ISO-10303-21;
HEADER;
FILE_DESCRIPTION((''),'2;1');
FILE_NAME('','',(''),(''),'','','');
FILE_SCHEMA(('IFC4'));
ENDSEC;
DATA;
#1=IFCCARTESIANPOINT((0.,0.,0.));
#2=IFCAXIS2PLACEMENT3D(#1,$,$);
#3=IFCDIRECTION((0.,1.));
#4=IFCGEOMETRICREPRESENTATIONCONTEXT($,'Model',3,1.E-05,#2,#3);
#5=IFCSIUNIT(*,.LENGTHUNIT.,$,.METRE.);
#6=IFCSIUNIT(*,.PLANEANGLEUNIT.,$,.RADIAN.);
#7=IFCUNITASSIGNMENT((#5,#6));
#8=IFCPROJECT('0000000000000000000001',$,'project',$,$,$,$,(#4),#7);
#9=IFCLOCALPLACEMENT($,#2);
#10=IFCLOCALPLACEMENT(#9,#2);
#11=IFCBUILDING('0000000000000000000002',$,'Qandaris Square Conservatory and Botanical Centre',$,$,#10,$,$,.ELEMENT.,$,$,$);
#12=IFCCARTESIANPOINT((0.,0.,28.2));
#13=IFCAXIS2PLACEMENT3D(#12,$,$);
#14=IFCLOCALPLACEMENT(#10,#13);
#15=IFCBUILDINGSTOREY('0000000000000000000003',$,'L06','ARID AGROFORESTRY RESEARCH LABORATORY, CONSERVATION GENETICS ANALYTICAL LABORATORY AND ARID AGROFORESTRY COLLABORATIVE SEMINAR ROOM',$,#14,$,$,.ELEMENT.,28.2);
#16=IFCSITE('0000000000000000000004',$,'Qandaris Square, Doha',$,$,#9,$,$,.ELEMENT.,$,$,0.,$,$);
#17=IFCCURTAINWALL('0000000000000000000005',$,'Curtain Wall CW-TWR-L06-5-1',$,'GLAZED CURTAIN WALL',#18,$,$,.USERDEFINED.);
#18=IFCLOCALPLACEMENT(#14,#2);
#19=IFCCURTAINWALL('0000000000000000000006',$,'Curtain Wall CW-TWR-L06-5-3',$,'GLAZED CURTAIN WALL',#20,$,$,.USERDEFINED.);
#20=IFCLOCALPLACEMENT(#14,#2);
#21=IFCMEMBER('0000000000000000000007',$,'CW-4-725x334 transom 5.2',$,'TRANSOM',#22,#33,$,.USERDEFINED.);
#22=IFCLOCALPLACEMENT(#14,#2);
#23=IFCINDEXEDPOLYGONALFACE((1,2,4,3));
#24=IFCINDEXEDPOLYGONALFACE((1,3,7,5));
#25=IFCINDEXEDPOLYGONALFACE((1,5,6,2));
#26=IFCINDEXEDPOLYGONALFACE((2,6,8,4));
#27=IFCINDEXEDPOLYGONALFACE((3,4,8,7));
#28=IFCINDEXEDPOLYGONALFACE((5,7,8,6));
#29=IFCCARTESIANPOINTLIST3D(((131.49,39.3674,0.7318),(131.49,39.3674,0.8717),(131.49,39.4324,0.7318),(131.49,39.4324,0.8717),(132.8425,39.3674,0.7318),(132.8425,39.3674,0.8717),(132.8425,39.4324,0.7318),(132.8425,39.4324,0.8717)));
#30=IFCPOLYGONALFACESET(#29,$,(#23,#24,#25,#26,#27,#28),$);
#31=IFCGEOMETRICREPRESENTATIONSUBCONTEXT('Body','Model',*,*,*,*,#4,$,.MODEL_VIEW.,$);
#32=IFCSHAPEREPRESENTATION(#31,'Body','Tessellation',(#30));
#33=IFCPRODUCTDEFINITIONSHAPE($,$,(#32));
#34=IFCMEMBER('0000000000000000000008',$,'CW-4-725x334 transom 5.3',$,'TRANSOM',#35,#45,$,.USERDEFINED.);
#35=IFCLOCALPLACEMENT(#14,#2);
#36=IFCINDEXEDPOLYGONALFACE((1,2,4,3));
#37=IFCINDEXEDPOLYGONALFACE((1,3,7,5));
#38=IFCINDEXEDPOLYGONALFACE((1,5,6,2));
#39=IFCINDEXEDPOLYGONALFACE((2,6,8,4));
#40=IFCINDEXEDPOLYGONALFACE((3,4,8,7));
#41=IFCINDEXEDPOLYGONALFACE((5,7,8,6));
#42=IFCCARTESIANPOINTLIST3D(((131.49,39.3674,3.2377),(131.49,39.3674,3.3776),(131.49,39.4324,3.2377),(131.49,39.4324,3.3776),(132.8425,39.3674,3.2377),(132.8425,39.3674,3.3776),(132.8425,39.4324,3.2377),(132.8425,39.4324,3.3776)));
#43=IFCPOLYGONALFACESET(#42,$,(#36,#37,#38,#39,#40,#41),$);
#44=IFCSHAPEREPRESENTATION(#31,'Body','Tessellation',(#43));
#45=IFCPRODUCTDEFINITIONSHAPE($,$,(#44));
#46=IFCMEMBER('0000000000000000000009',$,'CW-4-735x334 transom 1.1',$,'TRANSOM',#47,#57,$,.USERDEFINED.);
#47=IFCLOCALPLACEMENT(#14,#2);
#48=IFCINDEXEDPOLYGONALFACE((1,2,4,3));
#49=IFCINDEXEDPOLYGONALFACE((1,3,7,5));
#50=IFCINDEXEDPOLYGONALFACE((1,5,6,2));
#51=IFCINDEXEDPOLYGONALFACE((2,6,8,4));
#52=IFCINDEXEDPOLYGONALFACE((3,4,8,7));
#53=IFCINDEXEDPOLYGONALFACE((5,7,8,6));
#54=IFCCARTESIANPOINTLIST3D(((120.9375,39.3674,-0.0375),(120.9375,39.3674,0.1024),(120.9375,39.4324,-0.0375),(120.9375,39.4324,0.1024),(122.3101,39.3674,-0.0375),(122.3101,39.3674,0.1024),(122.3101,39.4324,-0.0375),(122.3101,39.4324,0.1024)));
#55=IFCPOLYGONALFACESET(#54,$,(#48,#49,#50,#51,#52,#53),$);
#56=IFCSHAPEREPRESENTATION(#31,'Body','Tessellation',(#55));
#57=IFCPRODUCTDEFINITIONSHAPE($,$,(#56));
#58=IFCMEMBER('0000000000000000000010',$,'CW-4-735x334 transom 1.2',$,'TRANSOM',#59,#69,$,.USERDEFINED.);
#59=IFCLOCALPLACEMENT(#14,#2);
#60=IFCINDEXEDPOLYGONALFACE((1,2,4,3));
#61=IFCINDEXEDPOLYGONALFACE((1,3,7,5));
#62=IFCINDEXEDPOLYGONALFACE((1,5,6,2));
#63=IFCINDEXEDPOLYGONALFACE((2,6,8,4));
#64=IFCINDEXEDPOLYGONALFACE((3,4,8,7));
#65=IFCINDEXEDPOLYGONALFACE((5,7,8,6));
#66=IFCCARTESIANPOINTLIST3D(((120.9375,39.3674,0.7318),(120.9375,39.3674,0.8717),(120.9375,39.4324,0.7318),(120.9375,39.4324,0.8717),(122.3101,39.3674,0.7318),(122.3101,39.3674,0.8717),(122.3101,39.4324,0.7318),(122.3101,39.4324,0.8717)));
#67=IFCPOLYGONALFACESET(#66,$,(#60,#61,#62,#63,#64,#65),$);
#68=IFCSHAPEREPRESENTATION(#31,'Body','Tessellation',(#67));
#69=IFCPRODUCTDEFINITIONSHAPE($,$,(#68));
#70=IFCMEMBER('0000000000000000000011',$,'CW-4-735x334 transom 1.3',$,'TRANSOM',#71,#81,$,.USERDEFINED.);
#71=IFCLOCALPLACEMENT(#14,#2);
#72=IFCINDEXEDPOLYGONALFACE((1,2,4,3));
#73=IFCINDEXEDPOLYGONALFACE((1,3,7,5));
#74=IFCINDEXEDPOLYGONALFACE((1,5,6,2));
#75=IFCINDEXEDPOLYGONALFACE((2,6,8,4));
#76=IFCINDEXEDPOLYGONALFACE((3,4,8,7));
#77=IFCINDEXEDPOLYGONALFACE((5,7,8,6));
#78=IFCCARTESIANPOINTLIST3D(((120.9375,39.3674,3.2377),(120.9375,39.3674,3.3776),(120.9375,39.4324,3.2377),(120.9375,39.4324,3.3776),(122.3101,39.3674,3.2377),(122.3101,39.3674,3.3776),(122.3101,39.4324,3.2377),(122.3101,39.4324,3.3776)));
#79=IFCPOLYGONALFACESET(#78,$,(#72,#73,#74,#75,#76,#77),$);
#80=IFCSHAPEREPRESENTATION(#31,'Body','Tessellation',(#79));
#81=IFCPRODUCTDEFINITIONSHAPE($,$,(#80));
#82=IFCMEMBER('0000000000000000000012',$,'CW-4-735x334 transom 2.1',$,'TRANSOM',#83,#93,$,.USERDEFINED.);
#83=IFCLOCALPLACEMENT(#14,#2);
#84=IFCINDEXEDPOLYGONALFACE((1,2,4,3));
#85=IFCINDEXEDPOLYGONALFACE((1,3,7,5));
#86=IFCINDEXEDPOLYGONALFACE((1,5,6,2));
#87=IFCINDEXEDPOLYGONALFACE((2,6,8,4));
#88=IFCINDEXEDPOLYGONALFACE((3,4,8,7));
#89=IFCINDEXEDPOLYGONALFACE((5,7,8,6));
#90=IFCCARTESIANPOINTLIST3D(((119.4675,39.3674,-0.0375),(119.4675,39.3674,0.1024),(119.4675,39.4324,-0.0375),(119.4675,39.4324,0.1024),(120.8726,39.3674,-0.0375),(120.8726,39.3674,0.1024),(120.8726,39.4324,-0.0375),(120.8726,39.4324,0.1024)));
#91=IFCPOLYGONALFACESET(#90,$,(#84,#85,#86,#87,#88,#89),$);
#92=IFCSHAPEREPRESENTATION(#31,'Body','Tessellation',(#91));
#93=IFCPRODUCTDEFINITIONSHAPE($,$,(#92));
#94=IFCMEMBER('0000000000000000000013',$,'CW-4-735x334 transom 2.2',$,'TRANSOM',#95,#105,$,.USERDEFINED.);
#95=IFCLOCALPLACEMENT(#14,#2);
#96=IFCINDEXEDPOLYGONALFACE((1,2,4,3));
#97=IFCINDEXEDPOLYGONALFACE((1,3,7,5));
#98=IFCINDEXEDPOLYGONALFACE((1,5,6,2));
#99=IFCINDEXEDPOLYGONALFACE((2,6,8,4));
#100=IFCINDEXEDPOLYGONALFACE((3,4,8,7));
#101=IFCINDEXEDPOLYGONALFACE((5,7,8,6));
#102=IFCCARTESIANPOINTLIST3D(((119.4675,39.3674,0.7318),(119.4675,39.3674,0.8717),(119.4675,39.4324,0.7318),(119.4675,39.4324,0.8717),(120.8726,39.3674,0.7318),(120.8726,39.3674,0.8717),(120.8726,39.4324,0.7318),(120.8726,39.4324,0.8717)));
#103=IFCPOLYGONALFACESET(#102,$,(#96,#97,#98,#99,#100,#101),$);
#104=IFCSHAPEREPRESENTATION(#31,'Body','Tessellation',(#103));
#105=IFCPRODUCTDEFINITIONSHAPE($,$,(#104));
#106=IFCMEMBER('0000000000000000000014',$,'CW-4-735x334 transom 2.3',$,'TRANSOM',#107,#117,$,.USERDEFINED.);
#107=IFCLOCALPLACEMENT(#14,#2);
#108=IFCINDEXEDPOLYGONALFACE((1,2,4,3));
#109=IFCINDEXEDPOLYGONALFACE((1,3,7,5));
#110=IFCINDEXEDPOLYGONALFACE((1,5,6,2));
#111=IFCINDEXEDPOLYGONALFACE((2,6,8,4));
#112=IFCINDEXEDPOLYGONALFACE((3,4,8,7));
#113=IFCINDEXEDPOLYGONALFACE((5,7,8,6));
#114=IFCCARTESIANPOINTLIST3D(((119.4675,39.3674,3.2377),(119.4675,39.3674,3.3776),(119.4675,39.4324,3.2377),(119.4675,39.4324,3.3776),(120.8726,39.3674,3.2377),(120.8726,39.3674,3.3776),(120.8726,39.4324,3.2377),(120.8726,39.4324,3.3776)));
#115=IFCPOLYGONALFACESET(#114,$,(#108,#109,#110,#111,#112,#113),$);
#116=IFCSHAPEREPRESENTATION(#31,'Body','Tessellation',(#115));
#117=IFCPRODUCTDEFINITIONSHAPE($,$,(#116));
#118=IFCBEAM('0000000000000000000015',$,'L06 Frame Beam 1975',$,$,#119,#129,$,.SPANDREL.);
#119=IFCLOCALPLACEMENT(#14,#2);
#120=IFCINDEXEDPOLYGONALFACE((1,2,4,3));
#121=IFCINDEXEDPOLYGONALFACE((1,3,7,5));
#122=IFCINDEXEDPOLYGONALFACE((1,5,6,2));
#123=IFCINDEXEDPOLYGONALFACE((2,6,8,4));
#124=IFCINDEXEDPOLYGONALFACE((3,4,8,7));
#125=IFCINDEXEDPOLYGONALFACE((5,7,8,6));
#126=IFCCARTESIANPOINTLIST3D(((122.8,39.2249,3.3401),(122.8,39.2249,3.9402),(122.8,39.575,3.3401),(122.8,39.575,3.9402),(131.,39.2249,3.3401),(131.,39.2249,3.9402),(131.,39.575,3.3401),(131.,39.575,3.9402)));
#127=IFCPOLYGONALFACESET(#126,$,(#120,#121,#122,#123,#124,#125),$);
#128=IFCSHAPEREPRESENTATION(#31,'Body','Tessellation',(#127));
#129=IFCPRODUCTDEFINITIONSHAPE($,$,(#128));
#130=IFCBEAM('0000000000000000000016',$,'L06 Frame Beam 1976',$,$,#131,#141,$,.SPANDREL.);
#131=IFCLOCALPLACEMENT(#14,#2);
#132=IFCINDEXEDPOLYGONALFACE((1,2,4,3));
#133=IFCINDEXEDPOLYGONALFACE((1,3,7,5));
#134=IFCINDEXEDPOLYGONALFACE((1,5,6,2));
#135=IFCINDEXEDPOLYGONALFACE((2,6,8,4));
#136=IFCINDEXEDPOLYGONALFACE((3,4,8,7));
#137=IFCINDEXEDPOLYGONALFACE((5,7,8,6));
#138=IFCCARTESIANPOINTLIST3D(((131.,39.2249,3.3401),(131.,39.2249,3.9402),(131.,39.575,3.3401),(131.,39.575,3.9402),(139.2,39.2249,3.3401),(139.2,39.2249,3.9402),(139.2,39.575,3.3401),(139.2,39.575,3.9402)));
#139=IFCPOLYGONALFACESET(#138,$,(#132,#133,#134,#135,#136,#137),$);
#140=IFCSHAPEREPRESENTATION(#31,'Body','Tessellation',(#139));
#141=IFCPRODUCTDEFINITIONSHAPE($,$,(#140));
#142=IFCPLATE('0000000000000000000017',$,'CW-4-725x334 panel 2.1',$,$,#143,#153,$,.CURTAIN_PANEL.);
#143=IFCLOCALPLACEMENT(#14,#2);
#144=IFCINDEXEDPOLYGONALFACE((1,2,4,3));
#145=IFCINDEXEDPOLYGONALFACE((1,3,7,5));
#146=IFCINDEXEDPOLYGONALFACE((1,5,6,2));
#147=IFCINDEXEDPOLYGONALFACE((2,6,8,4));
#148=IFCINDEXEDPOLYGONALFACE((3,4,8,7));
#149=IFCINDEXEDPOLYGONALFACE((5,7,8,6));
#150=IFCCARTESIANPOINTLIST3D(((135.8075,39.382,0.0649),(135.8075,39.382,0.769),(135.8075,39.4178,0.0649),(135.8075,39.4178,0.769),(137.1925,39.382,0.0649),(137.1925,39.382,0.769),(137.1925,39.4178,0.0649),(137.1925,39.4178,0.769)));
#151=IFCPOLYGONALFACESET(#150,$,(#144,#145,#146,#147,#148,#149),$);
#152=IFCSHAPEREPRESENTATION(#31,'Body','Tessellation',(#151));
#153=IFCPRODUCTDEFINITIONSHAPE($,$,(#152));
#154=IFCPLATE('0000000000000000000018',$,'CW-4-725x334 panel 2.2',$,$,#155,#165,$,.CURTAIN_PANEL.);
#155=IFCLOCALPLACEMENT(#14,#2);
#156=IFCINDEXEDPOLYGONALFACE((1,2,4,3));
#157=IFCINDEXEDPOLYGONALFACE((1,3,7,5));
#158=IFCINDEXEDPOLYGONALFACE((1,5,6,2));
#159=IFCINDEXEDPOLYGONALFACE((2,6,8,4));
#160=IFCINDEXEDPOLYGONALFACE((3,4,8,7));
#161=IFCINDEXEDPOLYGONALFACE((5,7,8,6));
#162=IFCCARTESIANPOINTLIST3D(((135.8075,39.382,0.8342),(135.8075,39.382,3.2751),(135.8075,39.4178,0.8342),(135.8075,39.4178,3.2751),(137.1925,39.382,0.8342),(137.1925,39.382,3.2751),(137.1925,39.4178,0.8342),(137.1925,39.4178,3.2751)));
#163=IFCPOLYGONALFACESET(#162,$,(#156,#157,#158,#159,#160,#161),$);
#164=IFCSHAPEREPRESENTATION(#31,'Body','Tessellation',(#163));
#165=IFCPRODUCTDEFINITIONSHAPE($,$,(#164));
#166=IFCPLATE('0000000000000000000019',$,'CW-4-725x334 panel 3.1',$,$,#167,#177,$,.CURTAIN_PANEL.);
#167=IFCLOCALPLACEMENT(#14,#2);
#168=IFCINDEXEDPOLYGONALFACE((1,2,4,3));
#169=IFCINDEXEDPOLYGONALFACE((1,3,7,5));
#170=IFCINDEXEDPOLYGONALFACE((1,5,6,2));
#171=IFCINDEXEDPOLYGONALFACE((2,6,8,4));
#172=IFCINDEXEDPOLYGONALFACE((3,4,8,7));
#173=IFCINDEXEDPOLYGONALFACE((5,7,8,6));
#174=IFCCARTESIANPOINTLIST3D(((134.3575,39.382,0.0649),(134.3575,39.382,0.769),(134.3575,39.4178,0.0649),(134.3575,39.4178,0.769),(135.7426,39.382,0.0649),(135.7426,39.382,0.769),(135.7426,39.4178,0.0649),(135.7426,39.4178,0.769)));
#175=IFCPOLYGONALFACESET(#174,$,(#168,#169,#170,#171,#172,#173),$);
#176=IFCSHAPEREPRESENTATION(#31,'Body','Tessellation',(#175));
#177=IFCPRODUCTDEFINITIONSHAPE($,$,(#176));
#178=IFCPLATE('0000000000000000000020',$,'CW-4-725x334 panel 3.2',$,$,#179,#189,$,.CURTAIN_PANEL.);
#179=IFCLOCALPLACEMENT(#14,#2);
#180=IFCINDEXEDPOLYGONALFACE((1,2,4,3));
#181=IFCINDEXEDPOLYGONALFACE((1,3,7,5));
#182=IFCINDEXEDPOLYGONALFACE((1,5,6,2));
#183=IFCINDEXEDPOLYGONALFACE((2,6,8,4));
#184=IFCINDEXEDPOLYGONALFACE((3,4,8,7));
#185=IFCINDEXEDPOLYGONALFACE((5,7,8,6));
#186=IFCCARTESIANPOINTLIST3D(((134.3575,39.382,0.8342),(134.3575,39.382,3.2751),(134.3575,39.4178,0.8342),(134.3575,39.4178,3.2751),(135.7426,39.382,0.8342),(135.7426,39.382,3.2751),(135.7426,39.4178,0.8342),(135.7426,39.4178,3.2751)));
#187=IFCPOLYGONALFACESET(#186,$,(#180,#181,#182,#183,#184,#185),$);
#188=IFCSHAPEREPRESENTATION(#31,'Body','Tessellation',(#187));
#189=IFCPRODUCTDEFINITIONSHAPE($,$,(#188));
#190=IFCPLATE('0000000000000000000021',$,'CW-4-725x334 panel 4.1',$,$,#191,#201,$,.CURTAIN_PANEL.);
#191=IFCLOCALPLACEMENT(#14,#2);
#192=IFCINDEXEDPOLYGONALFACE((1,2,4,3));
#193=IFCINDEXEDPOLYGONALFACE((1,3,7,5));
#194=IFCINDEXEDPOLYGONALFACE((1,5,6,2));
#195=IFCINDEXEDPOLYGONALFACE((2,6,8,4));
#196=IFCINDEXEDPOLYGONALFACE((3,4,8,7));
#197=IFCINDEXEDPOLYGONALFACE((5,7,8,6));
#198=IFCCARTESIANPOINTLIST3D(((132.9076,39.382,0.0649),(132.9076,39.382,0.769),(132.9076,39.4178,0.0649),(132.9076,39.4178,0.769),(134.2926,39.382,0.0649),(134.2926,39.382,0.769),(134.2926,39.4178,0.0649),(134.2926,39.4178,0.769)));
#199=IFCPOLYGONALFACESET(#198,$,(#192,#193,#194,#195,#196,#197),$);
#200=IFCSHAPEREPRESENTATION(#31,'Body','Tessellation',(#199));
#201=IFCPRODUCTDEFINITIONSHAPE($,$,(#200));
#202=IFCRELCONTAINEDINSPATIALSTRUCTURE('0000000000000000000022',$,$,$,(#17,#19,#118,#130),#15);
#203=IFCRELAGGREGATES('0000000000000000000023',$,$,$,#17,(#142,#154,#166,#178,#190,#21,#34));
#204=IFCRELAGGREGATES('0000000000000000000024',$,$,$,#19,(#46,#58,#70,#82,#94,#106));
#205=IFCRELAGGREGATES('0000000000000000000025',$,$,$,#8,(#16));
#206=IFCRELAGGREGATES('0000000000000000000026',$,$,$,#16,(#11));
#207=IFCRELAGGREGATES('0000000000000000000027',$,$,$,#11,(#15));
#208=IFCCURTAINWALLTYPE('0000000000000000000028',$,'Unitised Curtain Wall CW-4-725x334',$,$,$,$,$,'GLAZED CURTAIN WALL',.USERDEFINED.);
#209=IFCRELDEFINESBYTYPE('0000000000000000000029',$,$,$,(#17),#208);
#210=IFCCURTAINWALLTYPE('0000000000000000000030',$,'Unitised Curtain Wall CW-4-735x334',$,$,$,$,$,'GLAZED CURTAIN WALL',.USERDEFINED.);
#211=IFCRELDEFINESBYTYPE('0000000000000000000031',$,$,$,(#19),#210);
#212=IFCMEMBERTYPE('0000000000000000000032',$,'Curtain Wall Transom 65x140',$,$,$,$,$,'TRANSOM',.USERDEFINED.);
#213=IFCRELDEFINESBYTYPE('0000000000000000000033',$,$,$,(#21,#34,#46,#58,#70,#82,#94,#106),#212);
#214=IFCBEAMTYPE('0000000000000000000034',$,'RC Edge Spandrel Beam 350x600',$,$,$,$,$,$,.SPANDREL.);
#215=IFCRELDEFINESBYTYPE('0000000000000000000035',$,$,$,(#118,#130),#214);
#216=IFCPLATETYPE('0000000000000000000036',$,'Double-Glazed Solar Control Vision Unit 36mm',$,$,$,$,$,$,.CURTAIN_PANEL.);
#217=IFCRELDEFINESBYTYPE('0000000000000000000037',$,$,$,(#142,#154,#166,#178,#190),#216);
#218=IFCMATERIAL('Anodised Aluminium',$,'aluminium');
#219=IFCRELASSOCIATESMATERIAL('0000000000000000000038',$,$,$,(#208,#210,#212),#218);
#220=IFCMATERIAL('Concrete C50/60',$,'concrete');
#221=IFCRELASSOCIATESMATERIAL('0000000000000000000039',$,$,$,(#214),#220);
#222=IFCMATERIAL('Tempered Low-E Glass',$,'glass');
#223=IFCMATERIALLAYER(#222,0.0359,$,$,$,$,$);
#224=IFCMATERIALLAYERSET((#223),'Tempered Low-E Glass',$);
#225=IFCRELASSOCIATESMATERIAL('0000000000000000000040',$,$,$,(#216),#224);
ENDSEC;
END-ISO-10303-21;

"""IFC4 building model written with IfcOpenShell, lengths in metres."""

from ifc_helpers import new_model, si_unit, direction, frame, origin, origin_2d, place, context, subcontext, project, spatial, rectangle, extrude, material, layer, layer_set, material_profile, profile_set, type_object, element, aggregate, save


model = new_model("IFC4")

# Units and contexts
model_context = context("Model", 3, precision=1e-05, world=origin(), true_north=direction((0.0, 1.0)))
body_context = subcontext(model_context, "Body", "Model", "MODEL_VIEW")
ifc_project = project(units=[si_unit("LENGTHUNIT", "METRE"), si_unit("PLANEANGLEUNIT", "RADIAN")], contexts=[model_context])

# Site, building, storey
site_placement = place(None, origin())
site = spatial("IfcSite", under=ifc_project, at=site_placement, Name="Qandaris Square, Doha", CompositionType="ELEMENT", RefElevation=0.0)
building_placement = place(site_placement, origin())
building = spatial("IfcBuilding", under=site, at=building_placement, Name="Qandaris Square Conservatory and Botanical Centre", CompositionType="ELEMENT")
storey_placement = place(building_placement, frame((0.0, 0.0, 28.2)))
storey = spatial("IfcBuildingStorey", under=building, at=storey_placement, Name="L06", Description="ARID AGROFORESTRY RESEARCH LABORATORY, CONSERVATION GENETICS ANALYTICAL LABORATORY AND ARID AGROFORESTRY COLLABORATIVE SEMINAR ROOM", CompositionType="ELEMENT", Elevation=28.2)

# Shared definitions
ifc_material_1 = material(Name="Concrete C50/60", Category="concrete")

# Curtain walls
ifc_material_2 = material(Name="Anodised Aluminium", Category="aluminium")
curtain_wall_type_1 = type_object("IfcCurtainWallType", Name="Unitised Curtain Wall CW-4-725x334", ElementType="GLAZED CURTAIN WALL", PredefinedType="USERDEFINED", material=ifc_material_2)
curtain_wall_1_placement = place(storey_placement, origin())
curtain_wall_1 = element("IfcCurtainWall", 1, at=curtain_wall_1_placement, inside=storey, type_object=curtain_wall_type_1, Name="Curtain Wall CW-TWR-L06-5-1", ObjectType="GLAZED CURTAIN WALL", PredefinedType="USERDEFINED")
curtain_wall_type_2 = type_object("IfcCurtainWallType", Name="Unitised Curtain Wall CW-4-735x334", ElementType="GLAZED CURTAIN WALL", PredefinedType="USERDEFINED", material=ifc_material_2)
curtain_wall_2_placement = place(storey_placement, origin())
curtain_wall_2 = element("IfcCurtainWall", 2, at=curtain_wall_2_placement, inside=storey, type_object=curtain_wall_type_2, Name="Curtain Wall CW-TWR-L06-5-3", ObjectType="GLAZED CURTAIN WALL", PredefinedType="USERDEFINED")

# Members
ifc_material_profile_1 = material_profile(ifc_material_2, rectangle(XDim=0.0649, YDim=0.1399, at=origin_2d()), Name="ALU-TRN 65x140")
ifc_profile_set_1 = profile_set([ifc_material_profile_1], Name="Anodised Aluminium")
member_type_1 = type_object("IfcMemberType", Name="Curtain Wall Transom 65x140", ElementType="TRANSOM", PredefinedType="USERDEFINED", material=ifc_profile_set_1)
member_1_placement = place(storey_placement, frame((132.8425, 39.3999, 0.8018), z_axis=(-1.0, 0.0, 0.0), x_axis=(0.0, -1.0, 0.0)))
member_1 = element("IfcMember", 3, at=member_1_placement, type_object=member_type_1, Name="CW-4-725x334 transom 5.2", ObjectType="TRANSOM", PredefinedType="USERDEFINED", context=body_context, shape_type="SweptSolid", body=[
    extrude(rectangle(XDim=0.0649, YDim=0.1399, at=origin_2d()), origin(), (0.0, 0.0, 1.0), 1.3525),
])
member_2_placement = place(storey_placement, frame((132.8425, 39.3999, 3.3076), z_axis=(-1.0, 0.0, 0.0), x_axis=(0.0, -1.0, 0.0)))
member_2 = element("IfcMember", 4, at=member_2_placement, type_object=member_type_1, Name="CW-4-725x334 transom 5.3", ObjectType="TRANSOM", PredefinedType="USERDEFINED", context=body_context, shape_type="SweptSolid", body=[
    extrude(rectangle(XDim=0.0649, YDim=0.1399, at=origin_2d()), origin(), (0.0, 0.0, 1.0), 1.3525),
])
member_3_placement = place(storey_placement, frame((122.3101, 39.3999, 0.0325), z_axis=(-1.0, 0.0, 0.0), x_axis=(0.0, -1.0, 0.0)))
member_3 = element("IfcMember", 5, at=member_3_placement, type_object=member_type_1, Name="CW-4-735x334 transom 1.1", ObjectType="TRANSOM", PredefinedType="USERDEFINED", context=body_context, shape_type="SweptSolid", body=[
    extrude(rectangle(XDim=0.0649, YDim=0.1399, at=origin_2d()), origin(), (0.0, 0.0, 1.0), 1.3726),
])
member_4_placement = place(storey_placement, frame((122.3101, 39.3999, 0.8018), z_axis=(-1.0, 0.0, 0.0), x_axis=(0.0, -1.0, 0.0)))
member_4 = element("IfcMember", 6, at=member_4_placement, type_object=member_type_1, Name="CW-4-735x334 transom 1.2", ObjectType="TRANSOM", PredefinedType="USERDEFINED", context=body_context, shape_type="SweptSolid", body=[
    extrude(rectangle(XDim=0.0649, YDim=0.1399, at=origin_2d()), origin(), (0.0, 0.0, 1.0), 1.3726),
])
member_5_placement = place(storey_placement, frame((122.3101, 39.3999, 3.3076), z_axis=(-1.0, 0.0, 0.0), x_axis=(0.0, -1.0, 0.0)))
member_5 = element("IfcMember", 7, at=member_5_placement, type_object=member_type_1, Name="CW-4-735x334 transom 1.3", ObjectType="TRANSOM", PredefinedType="USERDEFINED", context=body_context, shape_type="SweptSolid", body=[
    extrude(rectangle(XDim=0.0649, YDim=0.1399, at=origin_2d()), origin(), (0.0, 0.0, 1.0), 1.3726),
])
member_6_placement = place(storey_placement, frame((120.8726, 39.3999, 0.0325), z_axis=(-1.0, 0.0, 0.0), x_axis=(0.0, -1.0, 0.0)))
member_6 = element("IfcMember", 8, at=member_6_placement, type_object=member_type_1, Name="CW-4-735x334 transom 2.1", ObjectType="TRANSOM", PredefinedType="USERDEFINED", context=body_context, shape_type="SweptSolid", body=[
    extrude(rectangle(XDim=0.0649, YDim=0.1399, at=origin_2d()), origin(), (0.0, 0.0, 1.0), 1.405),
])
member_7_placement = place(storey_placement, frame((120.8726, 39.3999, 0.8018), z_axis=(-1.0, 0.0, 0.0), x_axis=(0.0, -1.0, 0.0)))
member_7 = element("IfcMember", 9, at=member_7_placement, type_object=member_type_1, Name="CW-4-735x334 transom 2.2", ObjectType="TRANSOM", PredefinedType="USERDEFINED", context=body_context, shape_type="SweptSolid", body=[
    extrude(rectangle(XDim=0.0649, YDim=0.1399, at=origin_2d()), origin(), (0.0, 0.0, 1.0), 1.405),
])
member_8_placement = place(storey_placement, frame((120.8726, 39.3999, 3.3076), z_axis=(-1.0, 0.0, 0.0), x_axis=(0.0, -1.0, 0.0)))
member_8 = element("IfcMember", 10, at=member_8_placement, type_object=member_type_1, Name="CW-4-735x334 transom 2.3", ObjectType="TRANSOM", PredefinedType="USERDEFINED", context=body_context, shape_type="SweptSolid", body=[
    extrude(rectangle(XDim=0.0649, YDim=0.1399, at=origin_2d()), origin(), (0.0, 0.0, 1.0), 1.405),
])

# Beams
ifc_material_profile_2 = material_profile(ifc_material_1, rectangle(XDim=0.3501, YDim=0.6001, at=origin_2d()), Name="RC-SP 350x600")
ifc_profile_set_2 = profile_set([ifc_material_profile_2], Name="Concrete C50/60")
beam_type = type_object("IfcBeamType", Name="RC Edge Spandrel Beam 350x600", PredefinedType="SPANDREL", material=ifc_profile_set_2)
for number, where, z_axis, x_axis, name in (
    (11, (122.8, 39.3999, 3.6401), (1.0, 0.0, 0.0), (0.0, 1.0, 0.0), "L06 Frame Beam 1975"),
    (12, (131.0, 39.3999, 3.6401), (1.0, 0.0, 0.0), (0.0, 1.0, 0.0), "L06 Frame Beam 1976"),
):
    element("IfcBeam", number, at=place(storey_placement, frame(where, z_axis=z_axis, x_axis=x_axis)), inside=storey, type_object=beam_type, Name=name, PredefinedType="SPANDREL", context=body_context, shape_type="SweptSolid", body=[
        extrude(rectangle(XDim=0.3501, YDim=0.6001, at=origin_2d()), origin(), (0.0, 0.0, 1.0), 8.2),
    ])

# Plates
ifc_material_3 = material(Name="Tempered Low-E Glass", Category="glass")
ifc_layer_1 = layer(ifc_material_3, 0.0359)
ifc_layer_set_1 = layer_set([ifc_layer_1], Name="Tempered Low-E Glass")
plate_type = type_object("IfcPlateType", Name="Double-Glazed Solar Control Vision Unit 36mm", PredefinedType="CURTAIN_PANEL", material=ifc_layer_set_1)
plate_1_placement = place(storey_placement, frame((136.5, 39.3999, 0.0649), z_axis=(0.0, 0.0, 1.0), x_axis=(-1.0, 0.0, 0.0)))
plate_1 = element("IfcPlate", 13, at=plate_1_placement, type_object=plate_type, Name="CW-4-725x334 panel 2.1", PredefinedType="CURTAIN_PANEL", context=body_context, shape_type="SweptSolid", body=[
    extrude(rectangle(XDim=1.385, YDim=0.0359, at=origin_2d()), origin(), (0.0, 0.0, 1.0), 0.7041),
])
plate_2_placement = place(storey_placement, frame((136.5, 39.3999, 0.8342), z_axis=(0.0, 0.0, 1.0), x_axis=(-1.0, 0.0, 0.0)))
plate_2 = element("IfcPlate", 14, at=plate_2_placement, type_object=plate_type, Name="CW-4-725x334 panel 2.2", PredefinedType="CURTAIN_PANEL", context=body_context, shape_type="SweptSolid", body=[
    extrude(rectangle(XDim=1.385, YDim=0.0359, at=origin_2d()), origin(), (0.0, 0.0, 1.0), 2.4409),
])
plate_3_placement = place(storey_placement, frame((135.05, 39.3999, 0.0649), z_axis=(0.0, 0.0, 1.0), x_axis=(-1.0, 0.0, 0.0)))
plate_3 = element("IfcPlate", 15, at=plate_3_placement, type_object=plate_type, Name="CW-4-725x334 panel 3.1", PredefinedType="CURTAIN_PANEL", context=body_context, shape_type="SweptSolid", body=[
    extrude(rectangle(XDim=1.385, YDim=0.0359, at=origin_2d()), origin(), (0.0, 0.0, 1.0), 0.7041),
])
plate_4_placement = place(storey_placement, frame((135.05, 39.3999, 0.8342), z_axis=(0.0, 0.0, 1.0), x_axis=(-1.0, 0.0, 0.0)))
plate_4 = element("IfcPlate", 16, at=plate_4_placement, type_object=plate_type, Name="CW-4-725x334 panel 3.2", PredefinedType="CURTAIN_PANEL", context=body_context, shape_type="SweptSolid", body=[
    extrude(rectangle(XDim=1.385, YDim=0.0359, at=origin_2d()), origin(), (0.0, 0.0, 1.0), 2.4409),
])
plate_5_placement = place(storey_placement, frame((133.6001, 39.3999, 0.0649), z_axis=(0.0, 0.0, 1.0), x_axis=(-1.0, 0.0, 0.0)))
plate_5 = element("IfcPlate", 17, at=plate_5_placement, type_object=plate_type, Name="CW-4-725x334 panel 4.1", PredefinedType="CURTAIN_PANEL", context=body_context, shape_type="SweptSolid", body=[
    extrude(rectangle(XDim=1.385, YDim=0.0359, at=origin_2d()), origin(), (0.0, 0.0, 1.0), 0.7041),
])
aggregate(curtain_wall_1, [plate_1, plate_2, plate_3, plate_4, plate_5, member_1, member_2])
aggregate(curtain_wall_2, [member_3, member_4, member_5, member_6, member_7, member_8])

save(model, "model.ifc")
